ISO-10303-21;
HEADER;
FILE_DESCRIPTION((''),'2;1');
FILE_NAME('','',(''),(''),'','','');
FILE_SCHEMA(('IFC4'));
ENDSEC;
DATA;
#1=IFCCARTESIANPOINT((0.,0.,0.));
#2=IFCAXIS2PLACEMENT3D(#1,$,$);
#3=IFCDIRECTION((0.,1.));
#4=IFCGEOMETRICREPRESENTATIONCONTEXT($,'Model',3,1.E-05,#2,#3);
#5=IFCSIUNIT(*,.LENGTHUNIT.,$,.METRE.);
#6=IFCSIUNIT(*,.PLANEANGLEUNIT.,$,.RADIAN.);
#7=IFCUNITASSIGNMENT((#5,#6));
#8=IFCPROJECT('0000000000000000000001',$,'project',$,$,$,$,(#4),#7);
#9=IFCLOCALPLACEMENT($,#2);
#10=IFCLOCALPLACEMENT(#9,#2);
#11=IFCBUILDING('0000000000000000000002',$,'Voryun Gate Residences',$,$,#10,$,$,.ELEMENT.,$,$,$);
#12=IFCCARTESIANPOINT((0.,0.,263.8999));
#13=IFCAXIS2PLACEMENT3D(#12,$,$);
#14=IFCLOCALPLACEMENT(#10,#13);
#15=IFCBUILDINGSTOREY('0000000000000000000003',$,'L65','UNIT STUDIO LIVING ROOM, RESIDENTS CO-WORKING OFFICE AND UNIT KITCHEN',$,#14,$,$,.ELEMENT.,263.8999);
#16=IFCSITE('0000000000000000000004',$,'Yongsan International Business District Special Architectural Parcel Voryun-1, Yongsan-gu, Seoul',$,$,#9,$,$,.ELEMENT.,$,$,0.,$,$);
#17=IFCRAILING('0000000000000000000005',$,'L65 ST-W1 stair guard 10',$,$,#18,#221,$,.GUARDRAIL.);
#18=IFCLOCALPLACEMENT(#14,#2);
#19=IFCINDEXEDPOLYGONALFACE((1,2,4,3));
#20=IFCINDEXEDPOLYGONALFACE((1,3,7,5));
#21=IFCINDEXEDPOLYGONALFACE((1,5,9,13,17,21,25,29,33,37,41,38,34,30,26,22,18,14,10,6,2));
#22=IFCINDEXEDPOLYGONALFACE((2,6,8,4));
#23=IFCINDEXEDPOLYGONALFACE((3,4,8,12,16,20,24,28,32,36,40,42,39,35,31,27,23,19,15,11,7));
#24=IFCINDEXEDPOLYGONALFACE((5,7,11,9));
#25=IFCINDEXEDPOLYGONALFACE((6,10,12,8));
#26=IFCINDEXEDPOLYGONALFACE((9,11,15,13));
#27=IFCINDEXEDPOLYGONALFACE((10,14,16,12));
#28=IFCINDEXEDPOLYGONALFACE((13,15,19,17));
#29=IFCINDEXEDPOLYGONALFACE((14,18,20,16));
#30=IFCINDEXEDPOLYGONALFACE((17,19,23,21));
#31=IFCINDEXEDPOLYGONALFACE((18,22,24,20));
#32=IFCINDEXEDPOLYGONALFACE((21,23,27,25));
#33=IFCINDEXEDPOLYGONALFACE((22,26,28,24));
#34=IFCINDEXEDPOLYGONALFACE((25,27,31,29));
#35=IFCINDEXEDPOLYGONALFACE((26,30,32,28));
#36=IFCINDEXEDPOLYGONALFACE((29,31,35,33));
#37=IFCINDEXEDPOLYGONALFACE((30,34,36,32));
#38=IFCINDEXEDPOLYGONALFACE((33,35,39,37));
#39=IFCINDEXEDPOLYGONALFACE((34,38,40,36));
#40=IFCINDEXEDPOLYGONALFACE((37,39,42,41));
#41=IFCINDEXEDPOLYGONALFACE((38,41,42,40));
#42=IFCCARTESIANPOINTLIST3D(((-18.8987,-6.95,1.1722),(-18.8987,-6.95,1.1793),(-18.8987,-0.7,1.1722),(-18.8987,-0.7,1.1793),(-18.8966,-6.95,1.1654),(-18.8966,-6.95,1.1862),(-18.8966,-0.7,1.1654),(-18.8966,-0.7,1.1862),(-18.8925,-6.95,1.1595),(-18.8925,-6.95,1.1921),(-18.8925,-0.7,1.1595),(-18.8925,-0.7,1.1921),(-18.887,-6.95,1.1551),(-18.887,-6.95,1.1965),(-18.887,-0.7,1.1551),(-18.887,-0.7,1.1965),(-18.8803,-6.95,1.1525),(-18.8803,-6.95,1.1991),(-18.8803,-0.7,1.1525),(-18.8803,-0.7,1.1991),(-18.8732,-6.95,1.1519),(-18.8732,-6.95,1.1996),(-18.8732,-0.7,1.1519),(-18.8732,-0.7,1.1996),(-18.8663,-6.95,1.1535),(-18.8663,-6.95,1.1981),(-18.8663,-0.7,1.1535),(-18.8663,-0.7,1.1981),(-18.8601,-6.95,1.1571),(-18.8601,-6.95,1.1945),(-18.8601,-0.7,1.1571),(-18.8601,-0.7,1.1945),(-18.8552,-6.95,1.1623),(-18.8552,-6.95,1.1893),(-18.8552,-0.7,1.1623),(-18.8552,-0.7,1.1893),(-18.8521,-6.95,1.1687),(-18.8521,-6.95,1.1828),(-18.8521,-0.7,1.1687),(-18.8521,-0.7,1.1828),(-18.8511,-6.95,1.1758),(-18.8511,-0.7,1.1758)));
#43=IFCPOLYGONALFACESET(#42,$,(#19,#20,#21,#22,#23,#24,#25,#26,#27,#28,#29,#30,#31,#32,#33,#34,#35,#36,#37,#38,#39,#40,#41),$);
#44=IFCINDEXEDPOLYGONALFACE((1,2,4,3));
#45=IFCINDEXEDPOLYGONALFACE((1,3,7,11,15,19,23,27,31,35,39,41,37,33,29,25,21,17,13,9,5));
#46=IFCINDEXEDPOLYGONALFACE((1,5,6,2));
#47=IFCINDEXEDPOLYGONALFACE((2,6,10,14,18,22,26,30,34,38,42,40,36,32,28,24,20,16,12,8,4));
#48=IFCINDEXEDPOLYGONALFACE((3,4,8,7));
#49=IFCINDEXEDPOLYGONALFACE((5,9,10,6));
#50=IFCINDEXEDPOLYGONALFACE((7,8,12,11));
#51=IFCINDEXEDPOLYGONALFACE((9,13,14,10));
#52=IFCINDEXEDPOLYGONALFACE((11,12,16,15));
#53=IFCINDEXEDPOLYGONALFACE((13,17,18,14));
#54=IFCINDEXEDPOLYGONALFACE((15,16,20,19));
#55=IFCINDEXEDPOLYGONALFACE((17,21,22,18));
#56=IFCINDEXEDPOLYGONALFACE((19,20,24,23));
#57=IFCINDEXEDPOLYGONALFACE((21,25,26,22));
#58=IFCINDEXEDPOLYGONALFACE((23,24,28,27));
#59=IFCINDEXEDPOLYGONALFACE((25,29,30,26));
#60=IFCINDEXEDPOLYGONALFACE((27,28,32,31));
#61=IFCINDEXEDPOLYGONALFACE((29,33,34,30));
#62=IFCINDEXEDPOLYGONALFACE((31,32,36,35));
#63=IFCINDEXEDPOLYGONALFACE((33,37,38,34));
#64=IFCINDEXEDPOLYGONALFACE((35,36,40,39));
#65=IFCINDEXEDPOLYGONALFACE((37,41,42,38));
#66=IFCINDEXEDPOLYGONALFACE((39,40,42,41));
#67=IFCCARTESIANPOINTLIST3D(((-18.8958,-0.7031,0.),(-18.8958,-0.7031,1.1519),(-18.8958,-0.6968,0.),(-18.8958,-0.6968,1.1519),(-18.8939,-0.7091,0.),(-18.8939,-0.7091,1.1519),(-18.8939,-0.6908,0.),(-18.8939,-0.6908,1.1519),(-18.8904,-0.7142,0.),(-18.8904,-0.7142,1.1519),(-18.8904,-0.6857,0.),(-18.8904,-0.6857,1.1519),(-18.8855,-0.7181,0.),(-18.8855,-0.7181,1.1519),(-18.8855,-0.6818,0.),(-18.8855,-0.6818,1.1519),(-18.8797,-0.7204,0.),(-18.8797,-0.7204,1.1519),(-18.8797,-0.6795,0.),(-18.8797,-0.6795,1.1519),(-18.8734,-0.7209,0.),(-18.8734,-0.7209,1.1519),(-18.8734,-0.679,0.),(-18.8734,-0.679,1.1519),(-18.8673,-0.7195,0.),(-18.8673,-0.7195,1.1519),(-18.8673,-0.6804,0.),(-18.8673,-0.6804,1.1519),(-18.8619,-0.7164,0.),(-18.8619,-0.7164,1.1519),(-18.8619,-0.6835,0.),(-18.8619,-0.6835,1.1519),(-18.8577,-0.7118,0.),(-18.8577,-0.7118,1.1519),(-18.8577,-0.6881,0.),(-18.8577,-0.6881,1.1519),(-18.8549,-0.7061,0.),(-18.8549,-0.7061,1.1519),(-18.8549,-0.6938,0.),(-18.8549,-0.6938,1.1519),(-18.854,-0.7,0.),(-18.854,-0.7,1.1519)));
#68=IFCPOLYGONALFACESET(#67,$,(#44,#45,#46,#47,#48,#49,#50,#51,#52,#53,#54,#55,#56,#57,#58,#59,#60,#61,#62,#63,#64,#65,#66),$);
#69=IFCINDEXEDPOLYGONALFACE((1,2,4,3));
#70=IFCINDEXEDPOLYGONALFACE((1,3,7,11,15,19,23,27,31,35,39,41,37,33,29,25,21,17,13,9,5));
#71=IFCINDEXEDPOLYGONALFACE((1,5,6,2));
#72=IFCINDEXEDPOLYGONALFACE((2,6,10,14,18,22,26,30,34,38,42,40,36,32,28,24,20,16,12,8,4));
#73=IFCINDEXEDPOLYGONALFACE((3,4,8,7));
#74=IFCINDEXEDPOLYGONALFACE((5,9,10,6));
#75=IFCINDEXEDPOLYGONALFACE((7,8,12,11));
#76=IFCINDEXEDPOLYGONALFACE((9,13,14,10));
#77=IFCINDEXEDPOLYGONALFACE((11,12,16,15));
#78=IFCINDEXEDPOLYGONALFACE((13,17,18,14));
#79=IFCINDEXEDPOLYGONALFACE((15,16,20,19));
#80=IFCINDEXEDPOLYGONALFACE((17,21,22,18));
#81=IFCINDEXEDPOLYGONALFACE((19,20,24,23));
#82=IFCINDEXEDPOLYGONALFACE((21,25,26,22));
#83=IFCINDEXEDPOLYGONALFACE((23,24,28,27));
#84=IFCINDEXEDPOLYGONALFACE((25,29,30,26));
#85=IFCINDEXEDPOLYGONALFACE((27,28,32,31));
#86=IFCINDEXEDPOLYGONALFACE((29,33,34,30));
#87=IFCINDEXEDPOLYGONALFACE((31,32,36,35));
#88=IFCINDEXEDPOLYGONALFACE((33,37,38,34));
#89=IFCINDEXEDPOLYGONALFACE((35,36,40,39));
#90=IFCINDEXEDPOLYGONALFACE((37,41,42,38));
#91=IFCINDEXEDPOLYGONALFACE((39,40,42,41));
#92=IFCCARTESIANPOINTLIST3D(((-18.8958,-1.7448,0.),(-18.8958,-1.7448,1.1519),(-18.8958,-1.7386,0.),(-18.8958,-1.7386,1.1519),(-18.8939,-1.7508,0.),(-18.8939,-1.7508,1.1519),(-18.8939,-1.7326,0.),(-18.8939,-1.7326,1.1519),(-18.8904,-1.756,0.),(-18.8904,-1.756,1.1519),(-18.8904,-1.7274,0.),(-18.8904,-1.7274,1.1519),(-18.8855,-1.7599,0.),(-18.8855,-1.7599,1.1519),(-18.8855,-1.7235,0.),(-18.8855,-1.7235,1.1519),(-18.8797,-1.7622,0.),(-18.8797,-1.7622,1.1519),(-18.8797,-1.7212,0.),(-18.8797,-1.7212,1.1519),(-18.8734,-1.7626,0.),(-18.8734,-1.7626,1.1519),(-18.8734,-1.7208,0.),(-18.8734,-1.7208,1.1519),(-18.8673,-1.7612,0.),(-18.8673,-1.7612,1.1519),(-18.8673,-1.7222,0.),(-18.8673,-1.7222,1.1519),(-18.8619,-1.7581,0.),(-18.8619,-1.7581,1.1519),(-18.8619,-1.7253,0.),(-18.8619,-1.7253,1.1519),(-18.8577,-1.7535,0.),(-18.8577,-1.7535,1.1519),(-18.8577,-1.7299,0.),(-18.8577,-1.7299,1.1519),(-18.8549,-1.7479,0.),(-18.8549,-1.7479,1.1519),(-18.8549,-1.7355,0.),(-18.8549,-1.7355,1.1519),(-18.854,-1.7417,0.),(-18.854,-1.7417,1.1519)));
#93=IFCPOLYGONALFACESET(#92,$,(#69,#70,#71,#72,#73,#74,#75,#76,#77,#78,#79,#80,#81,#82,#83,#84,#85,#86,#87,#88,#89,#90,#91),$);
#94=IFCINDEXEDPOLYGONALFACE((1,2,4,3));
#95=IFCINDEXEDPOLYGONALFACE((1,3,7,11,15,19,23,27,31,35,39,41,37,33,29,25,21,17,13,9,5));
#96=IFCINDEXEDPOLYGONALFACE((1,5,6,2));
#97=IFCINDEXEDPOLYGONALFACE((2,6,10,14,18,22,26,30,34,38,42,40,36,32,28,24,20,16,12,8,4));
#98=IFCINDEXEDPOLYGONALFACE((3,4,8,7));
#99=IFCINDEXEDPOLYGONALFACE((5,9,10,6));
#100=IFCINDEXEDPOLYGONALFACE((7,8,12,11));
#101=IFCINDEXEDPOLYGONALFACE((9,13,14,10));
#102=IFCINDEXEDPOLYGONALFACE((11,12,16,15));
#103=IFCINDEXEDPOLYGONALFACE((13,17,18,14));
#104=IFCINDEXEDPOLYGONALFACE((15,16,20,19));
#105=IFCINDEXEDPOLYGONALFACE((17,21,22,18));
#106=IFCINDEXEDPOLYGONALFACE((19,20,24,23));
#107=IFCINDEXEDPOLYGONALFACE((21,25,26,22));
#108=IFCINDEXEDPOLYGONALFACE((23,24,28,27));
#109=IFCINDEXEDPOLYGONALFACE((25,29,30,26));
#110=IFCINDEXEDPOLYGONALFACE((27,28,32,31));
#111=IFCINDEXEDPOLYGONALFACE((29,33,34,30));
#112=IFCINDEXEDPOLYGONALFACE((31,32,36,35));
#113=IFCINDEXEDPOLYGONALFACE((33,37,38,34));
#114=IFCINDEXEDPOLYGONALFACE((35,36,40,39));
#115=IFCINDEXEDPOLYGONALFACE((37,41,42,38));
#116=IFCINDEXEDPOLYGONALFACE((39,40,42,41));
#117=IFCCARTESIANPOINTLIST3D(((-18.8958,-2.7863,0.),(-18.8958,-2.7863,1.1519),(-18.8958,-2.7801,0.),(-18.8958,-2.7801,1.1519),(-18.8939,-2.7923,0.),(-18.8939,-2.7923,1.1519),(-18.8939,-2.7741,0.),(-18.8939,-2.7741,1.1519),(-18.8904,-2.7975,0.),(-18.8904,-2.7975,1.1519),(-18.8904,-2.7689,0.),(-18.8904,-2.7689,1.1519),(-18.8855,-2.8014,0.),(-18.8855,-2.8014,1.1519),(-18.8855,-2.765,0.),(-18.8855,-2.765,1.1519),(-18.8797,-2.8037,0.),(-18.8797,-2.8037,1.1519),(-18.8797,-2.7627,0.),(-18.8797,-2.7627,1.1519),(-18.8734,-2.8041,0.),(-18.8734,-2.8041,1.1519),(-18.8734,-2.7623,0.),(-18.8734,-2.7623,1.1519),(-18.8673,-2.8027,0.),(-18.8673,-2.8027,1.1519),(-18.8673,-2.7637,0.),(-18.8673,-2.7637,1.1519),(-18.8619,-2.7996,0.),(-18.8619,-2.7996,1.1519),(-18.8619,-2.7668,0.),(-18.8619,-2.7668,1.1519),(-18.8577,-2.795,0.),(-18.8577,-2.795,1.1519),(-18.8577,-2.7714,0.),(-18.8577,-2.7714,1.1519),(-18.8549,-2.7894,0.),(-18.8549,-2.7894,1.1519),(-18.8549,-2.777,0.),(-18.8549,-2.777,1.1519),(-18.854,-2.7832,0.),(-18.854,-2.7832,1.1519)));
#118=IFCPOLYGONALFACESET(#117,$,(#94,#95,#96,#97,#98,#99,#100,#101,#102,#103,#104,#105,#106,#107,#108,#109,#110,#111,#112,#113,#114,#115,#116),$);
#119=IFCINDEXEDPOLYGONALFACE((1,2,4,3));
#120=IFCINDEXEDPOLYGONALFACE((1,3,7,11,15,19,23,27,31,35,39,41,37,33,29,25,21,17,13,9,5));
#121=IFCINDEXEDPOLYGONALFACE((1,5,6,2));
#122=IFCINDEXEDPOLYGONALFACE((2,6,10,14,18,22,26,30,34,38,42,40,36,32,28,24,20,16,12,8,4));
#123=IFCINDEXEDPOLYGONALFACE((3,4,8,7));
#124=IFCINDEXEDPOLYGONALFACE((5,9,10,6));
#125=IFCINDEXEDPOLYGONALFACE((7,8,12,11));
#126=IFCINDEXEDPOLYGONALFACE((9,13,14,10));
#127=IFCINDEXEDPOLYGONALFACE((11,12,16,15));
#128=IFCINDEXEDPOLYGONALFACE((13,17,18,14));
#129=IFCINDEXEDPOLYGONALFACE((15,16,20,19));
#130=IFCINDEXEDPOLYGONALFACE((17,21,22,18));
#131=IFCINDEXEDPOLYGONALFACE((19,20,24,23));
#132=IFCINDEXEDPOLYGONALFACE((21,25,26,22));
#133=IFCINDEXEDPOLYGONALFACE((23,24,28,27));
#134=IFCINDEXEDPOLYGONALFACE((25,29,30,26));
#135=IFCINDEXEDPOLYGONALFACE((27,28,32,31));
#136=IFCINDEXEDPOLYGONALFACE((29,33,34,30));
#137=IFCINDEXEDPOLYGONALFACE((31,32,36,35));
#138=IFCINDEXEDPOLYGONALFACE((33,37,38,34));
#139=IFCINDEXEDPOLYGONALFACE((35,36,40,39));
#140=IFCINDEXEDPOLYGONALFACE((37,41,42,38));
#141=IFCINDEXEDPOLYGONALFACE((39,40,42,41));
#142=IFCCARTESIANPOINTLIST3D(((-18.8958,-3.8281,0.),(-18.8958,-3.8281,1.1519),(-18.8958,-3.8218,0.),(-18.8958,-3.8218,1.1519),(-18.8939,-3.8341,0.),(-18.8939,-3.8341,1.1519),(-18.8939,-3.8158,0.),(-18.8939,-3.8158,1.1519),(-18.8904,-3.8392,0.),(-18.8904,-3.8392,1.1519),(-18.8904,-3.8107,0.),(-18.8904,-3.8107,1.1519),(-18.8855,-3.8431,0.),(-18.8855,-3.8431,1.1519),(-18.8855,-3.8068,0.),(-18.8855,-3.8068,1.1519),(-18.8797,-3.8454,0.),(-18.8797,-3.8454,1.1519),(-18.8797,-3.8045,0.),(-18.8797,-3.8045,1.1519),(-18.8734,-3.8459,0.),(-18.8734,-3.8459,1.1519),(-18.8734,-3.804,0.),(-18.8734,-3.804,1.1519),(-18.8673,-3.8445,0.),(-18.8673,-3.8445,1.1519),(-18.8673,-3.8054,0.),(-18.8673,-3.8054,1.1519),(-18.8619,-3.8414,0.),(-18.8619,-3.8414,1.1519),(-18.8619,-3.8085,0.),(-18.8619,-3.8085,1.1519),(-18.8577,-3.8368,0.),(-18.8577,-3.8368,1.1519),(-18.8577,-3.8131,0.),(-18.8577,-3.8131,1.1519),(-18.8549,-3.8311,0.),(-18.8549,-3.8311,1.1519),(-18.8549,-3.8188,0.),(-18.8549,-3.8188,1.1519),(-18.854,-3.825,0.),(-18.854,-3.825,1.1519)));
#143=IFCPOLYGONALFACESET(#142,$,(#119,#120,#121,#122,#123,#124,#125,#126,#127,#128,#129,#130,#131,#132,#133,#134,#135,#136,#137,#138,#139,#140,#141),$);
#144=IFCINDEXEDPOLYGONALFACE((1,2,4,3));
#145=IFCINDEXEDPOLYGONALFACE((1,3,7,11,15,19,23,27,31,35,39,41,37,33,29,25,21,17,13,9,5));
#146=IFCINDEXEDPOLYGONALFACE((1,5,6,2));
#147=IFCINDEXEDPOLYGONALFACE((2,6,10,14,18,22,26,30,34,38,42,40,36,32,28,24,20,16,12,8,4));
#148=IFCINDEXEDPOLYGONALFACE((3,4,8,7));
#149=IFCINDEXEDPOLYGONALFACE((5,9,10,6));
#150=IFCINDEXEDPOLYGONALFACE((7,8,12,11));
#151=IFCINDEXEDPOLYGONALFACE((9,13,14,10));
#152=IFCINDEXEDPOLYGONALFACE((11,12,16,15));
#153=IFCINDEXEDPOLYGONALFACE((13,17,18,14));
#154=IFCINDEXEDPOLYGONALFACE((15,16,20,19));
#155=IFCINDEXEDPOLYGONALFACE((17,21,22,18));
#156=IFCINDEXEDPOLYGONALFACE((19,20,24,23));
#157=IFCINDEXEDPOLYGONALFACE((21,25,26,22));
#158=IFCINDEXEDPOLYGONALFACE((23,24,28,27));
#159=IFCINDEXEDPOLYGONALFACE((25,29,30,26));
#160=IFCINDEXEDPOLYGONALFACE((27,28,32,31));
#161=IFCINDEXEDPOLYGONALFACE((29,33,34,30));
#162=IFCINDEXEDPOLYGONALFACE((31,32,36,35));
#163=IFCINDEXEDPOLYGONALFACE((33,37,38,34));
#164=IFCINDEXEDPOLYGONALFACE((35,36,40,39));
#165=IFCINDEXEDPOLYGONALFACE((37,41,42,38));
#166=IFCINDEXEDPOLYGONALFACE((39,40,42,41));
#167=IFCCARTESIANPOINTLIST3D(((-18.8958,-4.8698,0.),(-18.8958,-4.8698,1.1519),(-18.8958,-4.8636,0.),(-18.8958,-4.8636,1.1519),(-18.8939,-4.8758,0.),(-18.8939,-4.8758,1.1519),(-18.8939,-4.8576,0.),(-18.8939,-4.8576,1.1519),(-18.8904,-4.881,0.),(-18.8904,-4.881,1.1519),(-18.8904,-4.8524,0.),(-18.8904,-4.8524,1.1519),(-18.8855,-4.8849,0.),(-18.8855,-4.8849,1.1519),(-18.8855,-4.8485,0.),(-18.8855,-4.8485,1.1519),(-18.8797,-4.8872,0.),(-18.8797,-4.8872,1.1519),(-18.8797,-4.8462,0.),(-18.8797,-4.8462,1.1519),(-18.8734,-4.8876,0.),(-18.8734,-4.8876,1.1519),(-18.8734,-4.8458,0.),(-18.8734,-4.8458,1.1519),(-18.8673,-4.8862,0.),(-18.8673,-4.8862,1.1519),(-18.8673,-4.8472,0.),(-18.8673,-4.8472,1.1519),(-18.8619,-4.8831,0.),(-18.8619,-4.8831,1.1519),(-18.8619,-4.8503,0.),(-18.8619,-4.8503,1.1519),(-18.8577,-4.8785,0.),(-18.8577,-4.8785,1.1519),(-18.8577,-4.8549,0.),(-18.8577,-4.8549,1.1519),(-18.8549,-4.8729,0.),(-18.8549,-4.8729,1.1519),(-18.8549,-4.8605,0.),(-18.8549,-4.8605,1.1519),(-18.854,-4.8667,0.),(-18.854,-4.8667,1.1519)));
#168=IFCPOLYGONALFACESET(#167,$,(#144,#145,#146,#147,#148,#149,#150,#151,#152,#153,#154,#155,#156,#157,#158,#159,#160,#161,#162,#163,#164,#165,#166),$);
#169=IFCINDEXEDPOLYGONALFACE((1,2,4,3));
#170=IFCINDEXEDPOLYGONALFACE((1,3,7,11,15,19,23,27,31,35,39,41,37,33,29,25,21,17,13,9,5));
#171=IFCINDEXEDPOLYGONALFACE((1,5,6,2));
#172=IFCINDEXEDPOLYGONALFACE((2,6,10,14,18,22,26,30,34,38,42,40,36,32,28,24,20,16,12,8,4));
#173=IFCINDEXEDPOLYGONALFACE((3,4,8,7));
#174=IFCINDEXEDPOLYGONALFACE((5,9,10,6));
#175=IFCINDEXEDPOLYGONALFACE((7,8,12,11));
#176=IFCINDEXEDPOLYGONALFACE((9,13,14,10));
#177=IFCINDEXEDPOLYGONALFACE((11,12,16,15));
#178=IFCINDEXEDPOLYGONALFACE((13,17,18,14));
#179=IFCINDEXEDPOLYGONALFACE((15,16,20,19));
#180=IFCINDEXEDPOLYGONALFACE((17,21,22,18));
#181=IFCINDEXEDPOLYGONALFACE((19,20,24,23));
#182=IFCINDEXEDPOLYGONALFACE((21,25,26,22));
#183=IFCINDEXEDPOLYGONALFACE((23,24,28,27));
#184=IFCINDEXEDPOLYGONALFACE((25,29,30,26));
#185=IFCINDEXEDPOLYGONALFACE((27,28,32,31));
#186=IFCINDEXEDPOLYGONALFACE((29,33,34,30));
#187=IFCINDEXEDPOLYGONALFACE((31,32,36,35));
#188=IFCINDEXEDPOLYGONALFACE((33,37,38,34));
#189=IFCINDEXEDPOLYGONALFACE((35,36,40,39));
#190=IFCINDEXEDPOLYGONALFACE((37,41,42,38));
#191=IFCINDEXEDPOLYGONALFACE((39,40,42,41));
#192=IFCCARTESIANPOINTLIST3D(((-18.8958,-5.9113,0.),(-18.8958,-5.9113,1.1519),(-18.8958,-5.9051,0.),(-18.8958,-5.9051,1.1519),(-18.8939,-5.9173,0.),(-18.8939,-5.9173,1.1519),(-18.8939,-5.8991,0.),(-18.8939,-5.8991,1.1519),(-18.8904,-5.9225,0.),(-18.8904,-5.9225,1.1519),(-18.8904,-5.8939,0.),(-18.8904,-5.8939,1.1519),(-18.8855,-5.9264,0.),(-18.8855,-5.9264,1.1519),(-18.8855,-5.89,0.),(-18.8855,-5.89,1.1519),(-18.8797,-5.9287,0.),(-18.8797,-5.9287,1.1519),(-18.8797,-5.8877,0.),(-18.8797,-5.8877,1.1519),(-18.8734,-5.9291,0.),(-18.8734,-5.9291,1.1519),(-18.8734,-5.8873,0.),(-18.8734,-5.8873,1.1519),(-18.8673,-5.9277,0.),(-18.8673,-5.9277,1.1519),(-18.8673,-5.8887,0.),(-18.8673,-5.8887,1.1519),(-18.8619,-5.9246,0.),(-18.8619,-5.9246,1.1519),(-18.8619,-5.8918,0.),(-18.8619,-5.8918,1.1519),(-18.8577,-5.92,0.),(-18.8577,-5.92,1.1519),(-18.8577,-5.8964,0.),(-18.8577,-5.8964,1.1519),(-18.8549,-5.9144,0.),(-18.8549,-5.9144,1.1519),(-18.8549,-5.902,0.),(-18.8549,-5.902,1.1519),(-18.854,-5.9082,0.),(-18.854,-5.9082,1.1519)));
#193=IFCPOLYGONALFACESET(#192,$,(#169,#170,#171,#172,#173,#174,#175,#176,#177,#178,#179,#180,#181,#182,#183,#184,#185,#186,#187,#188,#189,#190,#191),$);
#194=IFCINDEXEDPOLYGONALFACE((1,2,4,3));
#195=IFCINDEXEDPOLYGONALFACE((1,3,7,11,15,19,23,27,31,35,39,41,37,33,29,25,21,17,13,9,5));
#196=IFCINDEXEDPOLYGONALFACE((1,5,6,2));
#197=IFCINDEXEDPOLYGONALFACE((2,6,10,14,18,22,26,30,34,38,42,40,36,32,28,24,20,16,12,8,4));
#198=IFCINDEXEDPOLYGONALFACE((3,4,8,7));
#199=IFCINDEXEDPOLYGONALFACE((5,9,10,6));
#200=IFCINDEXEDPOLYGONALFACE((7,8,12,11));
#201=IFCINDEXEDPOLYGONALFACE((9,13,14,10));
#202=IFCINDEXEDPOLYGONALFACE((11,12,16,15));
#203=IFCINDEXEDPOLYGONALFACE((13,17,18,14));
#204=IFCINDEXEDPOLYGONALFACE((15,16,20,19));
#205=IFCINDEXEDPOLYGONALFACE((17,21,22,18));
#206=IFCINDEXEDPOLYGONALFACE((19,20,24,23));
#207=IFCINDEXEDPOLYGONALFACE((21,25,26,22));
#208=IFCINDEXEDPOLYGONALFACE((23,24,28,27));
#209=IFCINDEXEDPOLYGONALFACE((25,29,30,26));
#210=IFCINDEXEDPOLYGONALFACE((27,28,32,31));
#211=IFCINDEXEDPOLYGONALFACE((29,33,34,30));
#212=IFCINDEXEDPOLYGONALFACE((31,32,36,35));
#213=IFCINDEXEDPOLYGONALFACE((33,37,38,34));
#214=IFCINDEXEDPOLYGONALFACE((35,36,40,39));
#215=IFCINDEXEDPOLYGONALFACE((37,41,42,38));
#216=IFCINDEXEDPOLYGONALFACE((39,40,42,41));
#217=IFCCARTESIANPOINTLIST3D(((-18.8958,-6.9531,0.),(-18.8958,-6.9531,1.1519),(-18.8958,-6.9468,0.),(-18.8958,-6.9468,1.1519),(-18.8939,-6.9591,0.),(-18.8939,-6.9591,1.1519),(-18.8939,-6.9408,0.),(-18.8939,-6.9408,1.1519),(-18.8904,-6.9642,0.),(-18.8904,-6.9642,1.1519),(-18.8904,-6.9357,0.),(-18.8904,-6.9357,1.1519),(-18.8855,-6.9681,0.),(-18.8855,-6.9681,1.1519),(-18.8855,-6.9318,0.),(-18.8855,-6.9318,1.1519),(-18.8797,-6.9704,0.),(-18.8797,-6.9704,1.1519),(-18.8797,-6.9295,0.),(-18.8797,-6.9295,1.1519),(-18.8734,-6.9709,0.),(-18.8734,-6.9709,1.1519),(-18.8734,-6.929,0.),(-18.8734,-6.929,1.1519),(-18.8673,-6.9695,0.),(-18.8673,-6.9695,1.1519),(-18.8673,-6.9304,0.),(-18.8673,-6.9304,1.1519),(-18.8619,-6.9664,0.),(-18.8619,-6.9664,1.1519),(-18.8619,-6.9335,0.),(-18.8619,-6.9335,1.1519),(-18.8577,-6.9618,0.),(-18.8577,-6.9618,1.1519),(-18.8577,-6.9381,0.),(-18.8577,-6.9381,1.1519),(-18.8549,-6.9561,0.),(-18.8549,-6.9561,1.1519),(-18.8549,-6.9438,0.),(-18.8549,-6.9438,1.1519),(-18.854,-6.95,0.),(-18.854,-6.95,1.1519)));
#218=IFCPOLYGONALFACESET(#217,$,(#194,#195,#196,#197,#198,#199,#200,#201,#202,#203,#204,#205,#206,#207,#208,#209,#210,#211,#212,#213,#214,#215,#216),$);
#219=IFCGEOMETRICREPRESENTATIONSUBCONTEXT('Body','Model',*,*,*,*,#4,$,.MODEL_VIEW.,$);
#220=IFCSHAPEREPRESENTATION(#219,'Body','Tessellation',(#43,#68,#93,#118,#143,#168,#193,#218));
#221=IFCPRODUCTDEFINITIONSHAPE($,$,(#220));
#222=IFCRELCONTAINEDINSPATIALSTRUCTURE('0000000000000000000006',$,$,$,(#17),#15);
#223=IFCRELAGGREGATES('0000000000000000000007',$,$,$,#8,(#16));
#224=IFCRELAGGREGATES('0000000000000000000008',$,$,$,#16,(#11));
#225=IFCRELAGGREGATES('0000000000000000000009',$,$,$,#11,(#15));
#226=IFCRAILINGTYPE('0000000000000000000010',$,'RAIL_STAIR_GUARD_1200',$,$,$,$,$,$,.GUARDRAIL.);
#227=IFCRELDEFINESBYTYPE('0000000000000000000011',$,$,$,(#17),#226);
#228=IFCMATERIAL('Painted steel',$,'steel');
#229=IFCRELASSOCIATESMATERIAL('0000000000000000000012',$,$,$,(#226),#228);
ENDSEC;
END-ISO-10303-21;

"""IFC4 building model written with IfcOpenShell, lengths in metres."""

from ifc_helpers import new_model, si_unit, direction, frame, origin, origin_2d, place, context, subcontext, project, spatial, circle, extrude, material, type_object, element, save


model = new_model("IFC4")

# Units and contexts
model_context = context("Model", 3, precision=1e-05, world=origin(), true_north=direction((0.0, 1.0)))
body_context = subcontext(model_context, "Body", "Model", "MODEL_VIEW")
ifc_project = project(units=[si_unit("LENGTHUNIT", "METRE"), si_unit("PLANEANGLEUNIT", "RADIAN")], contexts=[model_context])

# Site, building, storey
site_placement = place(None, origin())
site = spatial("IfcSite", under=ifc_project, at=site_placement, Name="Yongsan International Business District Special Architectural Parcel Voryun-1, Yongsan-gu, Seoul", CompositionType="ELEMENT", RefElevation=0.0)
building_placement = place(site_placement, origin())
building = spatial("IfcBuilding", under=site, at=building_placement, Name="Voryun Gate Residences", CompositionType="ELEMENT")
storey_placement = place(building_placement, frame((0.0, 0.0, 263.8999)))
storey = spatial("IfcBuildingStorey", under=building, at=storey_placement, Name="L65", Description="UNIT STUDIO LIVING ROOM, RESIDENTS CO-WORKING OFFICE AND UNIT KITCHEN", CompositionType="ELEMENT", Elevation=263.8999)

# Railing
ifc_material_1 = material(Name="Painted steel", Category="steel")
railing_type_1 = type_object("IfcRailingType", Name="RAIL_STAIR_GUARD_1200", PredefinedType="GUARDRAIL", material=ifc_material_1)
railing_1_placement = place(storey_placement, frame((-18.875, -0.7, 0.0)))
element("IfcRailing", 1, at=railing_1_placement, inside=storey, type_object=railing_type_1, Name="L65 ST-W1 stair guard 10", PredefinedType="GUARDRAIL", context=body_context, shape_type="SweptSolid", body=[
    extrude(circle(Radius=0.0239, at=origin_2d()), frame((0.0, 0.0, 1.1758), z_axis=(0.0, -1.0, 0.0), x_axis=(1.0, 0.0, 0.0)), (0.0, 0.0, 1.0), 6.25),
    extrude(circle(Radius=0.021, at=origin_2d()), origin(), (0.0, 0.0, 1.0), 1.1519),
    extrude(circle(Radius=0.021, at=origin_2d()), frame((0.0, -1.0417, 0.0)), (0.0, 0.0, 1.0), 1.1519),
    extrude(circle(Radius=0.021, at=origin_2d()), frame((0.0, -2.0833, 0.0)), (0.0, 0.0, 1.0), 1.1519),
    extrude(circle(Radius=0.021, at=origin_2d()), frame((0.0, -3.125, 0.0)), (0.0, 0.0, 1.0), 1.1519),
    extrude(circle(Radius=0.021, at=origin_2d()), frame((0.0, -4.1667, 0.0)), (0.0, 0.0, 1.0), 1.1519),
    extrude(circle(Radius=0.021, at=origin_2d()), frame((0.0, -5.2083, 0.0)), (0.0, 0.0, 1.0), 1.1519),
    extrude(circle(Radius=0.021, at=origin_2d()), frame((0.0, -6.25, 0.0)), (0.0, 0.0, 1.0), 1.1519),
])

save(model, "model.ifc")
